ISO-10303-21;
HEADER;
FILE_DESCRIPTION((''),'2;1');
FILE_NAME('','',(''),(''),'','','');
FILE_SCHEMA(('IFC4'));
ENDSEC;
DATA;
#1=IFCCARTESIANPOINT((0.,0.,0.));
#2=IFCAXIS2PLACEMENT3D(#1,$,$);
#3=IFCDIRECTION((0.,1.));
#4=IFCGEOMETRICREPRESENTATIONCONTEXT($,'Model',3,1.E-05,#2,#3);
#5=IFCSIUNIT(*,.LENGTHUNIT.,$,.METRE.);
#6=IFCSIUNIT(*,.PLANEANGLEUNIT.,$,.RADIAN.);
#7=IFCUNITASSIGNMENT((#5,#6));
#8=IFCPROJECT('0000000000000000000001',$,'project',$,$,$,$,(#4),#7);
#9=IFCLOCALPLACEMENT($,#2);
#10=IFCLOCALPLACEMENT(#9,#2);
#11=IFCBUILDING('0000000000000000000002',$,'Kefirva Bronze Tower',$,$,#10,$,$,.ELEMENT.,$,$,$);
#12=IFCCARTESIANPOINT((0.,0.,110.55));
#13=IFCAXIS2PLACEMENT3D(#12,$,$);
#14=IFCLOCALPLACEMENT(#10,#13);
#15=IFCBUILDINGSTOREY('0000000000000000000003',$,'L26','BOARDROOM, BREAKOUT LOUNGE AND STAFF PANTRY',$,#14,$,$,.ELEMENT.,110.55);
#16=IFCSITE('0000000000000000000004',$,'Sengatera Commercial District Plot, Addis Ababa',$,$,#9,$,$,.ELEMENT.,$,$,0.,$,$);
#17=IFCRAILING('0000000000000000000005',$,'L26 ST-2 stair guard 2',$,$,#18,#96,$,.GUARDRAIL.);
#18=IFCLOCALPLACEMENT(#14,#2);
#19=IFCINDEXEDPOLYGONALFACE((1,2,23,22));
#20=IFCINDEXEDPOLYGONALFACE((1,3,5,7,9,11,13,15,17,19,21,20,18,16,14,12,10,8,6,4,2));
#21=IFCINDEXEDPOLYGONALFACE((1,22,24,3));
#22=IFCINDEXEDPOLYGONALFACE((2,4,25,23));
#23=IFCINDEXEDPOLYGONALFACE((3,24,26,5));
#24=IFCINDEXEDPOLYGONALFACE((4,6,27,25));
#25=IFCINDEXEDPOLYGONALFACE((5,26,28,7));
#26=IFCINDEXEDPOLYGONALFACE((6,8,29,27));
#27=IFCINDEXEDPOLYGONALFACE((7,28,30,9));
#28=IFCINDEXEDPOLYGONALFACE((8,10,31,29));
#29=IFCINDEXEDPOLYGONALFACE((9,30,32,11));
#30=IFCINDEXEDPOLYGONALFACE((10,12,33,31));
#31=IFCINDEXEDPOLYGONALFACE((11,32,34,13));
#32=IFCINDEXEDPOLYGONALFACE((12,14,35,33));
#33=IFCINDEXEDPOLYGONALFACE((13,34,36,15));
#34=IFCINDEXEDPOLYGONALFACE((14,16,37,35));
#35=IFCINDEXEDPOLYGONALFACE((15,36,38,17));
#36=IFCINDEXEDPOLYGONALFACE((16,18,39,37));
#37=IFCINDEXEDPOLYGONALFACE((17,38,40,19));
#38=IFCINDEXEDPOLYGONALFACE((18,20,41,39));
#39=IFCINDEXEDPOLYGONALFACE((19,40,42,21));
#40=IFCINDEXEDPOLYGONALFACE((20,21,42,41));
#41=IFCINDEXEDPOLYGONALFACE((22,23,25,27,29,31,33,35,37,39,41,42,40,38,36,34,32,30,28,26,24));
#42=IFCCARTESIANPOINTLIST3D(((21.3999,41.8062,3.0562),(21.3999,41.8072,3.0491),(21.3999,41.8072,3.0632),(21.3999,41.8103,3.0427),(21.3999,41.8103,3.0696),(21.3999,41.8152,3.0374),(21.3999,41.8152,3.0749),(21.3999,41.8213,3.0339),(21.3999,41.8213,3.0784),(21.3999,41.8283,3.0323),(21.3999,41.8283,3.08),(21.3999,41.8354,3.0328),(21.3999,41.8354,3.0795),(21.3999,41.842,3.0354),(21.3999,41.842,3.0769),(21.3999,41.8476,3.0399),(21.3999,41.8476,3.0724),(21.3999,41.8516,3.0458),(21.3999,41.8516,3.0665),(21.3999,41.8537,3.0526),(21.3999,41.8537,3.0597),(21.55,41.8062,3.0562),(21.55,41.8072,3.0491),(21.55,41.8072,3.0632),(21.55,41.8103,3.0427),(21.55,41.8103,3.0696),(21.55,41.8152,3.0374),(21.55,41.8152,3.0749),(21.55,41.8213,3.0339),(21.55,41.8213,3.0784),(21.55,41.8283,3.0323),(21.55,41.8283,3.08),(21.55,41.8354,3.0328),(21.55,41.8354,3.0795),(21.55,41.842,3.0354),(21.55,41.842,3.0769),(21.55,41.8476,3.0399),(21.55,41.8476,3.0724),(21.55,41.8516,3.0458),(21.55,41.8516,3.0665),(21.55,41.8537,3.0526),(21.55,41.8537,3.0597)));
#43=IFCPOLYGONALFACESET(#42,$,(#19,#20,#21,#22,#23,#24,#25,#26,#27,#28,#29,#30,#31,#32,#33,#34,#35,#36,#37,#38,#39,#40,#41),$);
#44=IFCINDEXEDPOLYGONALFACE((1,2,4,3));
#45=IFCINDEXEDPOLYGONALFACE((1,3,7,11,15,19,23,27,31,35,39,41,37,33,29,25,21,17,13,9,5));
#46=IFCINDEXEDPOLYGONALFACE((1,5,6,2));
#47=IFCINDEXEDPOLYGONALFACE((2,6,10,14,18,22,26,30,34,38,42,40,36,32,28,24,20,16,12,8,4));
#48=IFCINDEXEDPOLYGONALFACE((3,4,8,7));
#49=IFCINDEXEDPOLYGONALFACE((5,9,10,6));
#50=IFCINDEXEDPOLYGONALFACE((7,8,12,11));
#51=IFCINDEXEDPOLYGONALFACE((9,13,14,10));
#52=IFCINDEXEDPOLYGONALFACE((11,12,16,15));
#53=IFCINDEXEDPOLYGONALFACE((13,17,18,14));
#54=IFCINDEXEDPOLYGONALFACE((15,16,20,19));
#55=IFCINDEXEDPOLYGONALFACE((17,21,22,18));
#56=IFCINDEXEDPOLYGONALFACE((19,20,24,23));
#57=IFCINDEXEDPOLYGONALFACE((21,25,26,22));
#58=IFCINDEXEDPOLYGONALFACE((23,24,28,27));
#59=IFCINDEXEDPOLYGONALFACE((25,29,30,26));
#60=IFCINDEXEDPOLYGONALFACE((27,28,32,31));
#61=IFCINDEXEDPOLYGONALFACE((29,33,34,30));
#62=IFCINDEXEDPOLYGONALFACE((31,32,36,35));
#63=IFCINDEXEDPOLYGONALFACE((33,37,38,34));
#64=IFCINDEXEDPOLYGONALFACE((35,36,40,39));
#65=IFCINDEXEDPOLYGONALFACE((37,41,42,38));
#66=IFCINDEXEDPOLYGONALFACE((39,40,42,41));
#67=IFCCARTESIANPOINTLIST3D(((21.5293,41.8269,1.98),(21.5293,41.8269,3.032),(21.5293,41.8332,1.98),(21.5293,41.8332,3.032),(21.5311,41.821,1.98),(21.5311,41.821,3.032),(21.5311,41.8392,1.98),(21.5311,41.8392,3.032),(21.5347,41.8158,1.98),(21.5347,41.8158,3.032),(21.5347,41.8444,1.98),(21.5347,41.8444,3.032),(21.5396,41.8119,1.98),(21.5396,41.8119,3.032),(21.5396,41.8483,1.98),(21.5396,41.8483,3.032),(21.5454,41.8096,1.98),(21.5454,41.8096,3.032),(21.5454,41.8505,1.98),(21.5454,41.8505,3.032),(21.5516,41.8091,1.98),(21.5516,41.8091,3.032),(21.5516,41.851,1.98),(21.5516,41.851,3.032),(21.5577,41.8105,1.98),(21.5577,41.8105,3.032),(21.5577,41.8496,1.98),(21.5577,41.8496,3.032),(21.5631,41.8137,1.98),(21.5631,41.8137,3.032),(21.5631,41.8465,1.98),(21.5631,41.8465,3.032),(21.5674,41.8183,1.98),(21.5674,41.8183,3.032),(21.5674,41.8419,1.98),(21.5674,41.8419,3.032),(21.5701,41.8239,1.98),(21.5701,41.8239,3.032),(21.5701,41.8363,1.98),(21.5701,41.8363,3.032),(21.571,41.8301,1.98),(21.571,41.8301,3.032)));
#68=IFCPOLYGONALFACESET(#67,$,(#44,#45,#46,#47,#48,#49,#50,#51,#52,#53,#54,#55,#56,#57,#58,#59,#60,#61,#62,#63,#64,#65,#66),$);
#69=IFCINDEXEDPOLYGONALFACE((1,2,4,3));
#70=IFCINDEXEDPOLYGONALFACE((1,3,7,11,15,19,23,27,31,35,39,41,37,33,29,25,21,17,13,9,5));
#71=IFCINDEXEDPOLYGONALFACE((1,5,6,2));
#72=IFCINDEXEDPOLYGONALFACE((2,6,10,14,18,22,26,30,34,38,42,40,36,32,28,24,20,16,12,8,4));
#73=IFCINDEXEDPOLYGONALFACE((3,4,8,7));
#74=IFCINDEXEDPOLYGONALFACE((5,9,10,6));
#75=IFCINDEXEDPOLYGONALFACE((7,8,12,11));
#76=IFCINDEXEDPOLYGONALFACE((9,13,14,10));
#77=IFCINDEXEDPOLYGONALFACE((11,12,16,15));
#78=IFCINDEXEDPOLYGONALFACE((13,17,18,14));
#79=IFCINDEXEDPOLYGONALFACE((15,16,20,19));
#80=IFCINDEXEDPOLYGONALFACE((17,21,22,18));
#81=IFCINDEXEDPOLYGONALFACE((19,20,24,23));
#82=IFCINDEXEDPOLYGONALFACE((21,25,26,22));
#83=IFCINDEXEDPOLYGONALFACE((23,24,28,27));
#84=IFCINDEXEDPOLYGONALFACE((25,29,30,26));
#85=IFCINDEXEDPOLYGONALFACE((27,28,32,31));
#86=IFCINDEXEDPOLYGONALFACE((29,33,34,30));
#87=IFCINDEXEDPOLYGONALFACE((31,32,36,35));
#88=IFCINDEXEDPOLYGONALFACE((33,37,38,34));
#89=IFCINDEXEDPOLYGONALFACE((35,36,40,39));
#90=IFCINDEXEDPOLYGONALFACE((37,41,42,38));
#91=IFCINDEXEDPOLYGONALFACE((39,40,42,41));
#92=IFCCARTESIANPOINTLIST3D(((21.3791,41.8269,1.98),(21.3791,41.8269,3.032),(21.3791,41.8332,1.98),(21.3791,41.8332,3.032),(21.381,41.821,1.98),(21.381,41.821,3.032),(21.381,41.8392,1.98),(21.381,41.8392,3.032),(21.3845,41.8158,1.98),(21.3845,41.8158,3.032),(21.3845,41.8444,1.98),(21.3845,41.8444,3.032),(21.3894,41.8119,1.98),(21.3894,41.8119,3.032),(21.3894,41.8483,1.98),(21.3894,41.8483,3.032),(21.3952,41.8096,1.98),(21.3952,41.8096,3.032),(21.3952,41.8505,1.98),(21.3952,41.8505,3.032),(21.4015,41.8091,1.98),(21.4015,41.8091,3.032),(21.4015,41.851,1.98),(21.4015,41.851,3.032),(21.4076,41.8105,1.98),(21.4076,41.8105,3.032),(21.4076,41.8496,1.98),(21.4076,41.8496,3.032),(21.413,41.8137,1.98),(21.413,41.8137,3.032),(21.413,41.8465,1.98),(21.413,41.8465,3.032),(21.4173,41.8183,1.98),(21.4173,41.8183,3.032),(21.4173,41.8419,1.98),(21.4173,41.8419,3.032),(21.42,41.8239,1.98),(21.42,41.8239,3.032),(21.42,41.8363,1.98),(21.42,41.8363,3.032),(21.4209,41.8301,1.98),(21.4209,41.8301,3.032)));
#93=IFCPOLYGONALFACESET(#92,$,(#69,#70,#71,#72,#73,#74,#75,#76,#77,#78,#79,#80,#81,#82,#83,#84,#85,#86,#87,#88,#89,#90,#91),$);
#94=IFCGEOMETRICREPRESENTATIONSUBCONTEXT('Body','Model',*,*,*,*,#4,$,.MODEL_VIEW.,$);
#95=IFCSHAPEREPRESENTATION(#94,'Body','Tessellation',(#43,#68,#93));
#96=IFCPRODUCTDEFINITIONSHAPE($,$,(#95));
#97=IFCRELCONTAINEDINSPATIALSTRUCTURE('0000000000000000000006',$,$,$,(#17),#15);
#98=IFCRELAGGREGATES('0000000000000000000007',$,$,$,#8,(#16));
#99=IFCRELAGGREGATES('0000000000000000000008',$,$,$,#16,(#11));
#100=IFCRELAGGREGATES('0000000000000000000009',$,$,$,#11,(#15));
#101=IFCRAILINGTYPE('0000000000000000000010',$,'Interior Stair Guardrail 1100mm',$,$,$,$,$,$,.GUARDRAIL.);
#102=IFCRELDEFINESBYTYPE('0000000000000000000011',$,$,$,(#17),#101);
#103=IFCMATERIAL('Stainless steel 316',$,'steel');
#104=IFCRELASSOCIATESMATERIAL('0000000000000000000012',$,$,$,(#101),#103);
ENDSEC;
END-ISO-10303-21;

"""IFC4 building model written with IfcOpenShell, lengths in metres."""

from ifc_helpers import new_model, si_unit, direction, frame, origin, origin_2d, place, context, subcontext, project, spatial, circle, extrude, material, type_object, element, save


model = new_model("IFC4")

# Units and contexts
model_context = context("Model", 3, precision=1e-05, world=origin(), true_north=direction((0.0, 1.0)))
body_context = subcontext(model_context, "Body", "Model", "MODEL_VIEW")
ifc_project = project(units=[si_unit("LENGTHUNIT", "METRE"), si_unit("PLANEANGLEUNIT", "RADIAN")], contexts=[model_context])

# Site, building, storey
site_placement = place(None, origin())
site = spatial("IfcSite", under=ifc_project, at=site_placement, Name="Sengatera Commercial District Plot, Addis Ababa", CompositionType="ELEMENT", RefElevation=0.0)
building_placement = place(site_placement, origin())
building = spatial("IfcBuilding", under=site, at=building_placement, Name="Kefirva Bronze Tower", CompositionType="ELEMENT")
storey_placement = place(building_placement, frame((0.0, 0.0, 110.55)))
storey = spatial("IfcBuildingStorey", under=building, at=storey_placement, Name="L26", Description="BOARDROOM, BREAKOUT LOUNGE AND STAFF PANTRY", CompositionType="ELEMENT", Elevation=110.55)

# Railing
ifc_material_1 = material(Name="Stainless steel 316", Category="steel")
railing_type_1 = type_object("IfcRailingType", Name="Interior Stair Guardrail 1100mm", PredefinedType="GUARDRAIL", material=ifc_material_1)
railing_1_placement = place(storey_placement, frame((21.55, 41.8301, 1.98)))
element("IfcRailing", 1, at=railing_1_placement, inside=storey, type_object=railing_type_1, Name="L26 ST-2 stair guard 2", PredefinedType="GUARDRAIL", context=body_context, shape_type="SweptSolid", body=[
    extrude(circle(Radius=0.0239, at=origin_2d()), frame((0.0, 0.0, 1.0762), z_axis=(-1.0, 0.0, 0.0), x_axis=(0.0, -1.0, 0.0)), (0.0, 0.0, 1.0), 0.1501),
    extrude(circle(Radius=0.021, at=origin_2d()), origin(), (0.0, 0.0, 1.0), 1.052),
    extrude(circle(Radius=0.021, at=origin_2d()), frame((-0.1501, 0.0, 0.0)), (0.0, 0.0, 1.0), 1.052),
])

save(model, "model.ifc")
